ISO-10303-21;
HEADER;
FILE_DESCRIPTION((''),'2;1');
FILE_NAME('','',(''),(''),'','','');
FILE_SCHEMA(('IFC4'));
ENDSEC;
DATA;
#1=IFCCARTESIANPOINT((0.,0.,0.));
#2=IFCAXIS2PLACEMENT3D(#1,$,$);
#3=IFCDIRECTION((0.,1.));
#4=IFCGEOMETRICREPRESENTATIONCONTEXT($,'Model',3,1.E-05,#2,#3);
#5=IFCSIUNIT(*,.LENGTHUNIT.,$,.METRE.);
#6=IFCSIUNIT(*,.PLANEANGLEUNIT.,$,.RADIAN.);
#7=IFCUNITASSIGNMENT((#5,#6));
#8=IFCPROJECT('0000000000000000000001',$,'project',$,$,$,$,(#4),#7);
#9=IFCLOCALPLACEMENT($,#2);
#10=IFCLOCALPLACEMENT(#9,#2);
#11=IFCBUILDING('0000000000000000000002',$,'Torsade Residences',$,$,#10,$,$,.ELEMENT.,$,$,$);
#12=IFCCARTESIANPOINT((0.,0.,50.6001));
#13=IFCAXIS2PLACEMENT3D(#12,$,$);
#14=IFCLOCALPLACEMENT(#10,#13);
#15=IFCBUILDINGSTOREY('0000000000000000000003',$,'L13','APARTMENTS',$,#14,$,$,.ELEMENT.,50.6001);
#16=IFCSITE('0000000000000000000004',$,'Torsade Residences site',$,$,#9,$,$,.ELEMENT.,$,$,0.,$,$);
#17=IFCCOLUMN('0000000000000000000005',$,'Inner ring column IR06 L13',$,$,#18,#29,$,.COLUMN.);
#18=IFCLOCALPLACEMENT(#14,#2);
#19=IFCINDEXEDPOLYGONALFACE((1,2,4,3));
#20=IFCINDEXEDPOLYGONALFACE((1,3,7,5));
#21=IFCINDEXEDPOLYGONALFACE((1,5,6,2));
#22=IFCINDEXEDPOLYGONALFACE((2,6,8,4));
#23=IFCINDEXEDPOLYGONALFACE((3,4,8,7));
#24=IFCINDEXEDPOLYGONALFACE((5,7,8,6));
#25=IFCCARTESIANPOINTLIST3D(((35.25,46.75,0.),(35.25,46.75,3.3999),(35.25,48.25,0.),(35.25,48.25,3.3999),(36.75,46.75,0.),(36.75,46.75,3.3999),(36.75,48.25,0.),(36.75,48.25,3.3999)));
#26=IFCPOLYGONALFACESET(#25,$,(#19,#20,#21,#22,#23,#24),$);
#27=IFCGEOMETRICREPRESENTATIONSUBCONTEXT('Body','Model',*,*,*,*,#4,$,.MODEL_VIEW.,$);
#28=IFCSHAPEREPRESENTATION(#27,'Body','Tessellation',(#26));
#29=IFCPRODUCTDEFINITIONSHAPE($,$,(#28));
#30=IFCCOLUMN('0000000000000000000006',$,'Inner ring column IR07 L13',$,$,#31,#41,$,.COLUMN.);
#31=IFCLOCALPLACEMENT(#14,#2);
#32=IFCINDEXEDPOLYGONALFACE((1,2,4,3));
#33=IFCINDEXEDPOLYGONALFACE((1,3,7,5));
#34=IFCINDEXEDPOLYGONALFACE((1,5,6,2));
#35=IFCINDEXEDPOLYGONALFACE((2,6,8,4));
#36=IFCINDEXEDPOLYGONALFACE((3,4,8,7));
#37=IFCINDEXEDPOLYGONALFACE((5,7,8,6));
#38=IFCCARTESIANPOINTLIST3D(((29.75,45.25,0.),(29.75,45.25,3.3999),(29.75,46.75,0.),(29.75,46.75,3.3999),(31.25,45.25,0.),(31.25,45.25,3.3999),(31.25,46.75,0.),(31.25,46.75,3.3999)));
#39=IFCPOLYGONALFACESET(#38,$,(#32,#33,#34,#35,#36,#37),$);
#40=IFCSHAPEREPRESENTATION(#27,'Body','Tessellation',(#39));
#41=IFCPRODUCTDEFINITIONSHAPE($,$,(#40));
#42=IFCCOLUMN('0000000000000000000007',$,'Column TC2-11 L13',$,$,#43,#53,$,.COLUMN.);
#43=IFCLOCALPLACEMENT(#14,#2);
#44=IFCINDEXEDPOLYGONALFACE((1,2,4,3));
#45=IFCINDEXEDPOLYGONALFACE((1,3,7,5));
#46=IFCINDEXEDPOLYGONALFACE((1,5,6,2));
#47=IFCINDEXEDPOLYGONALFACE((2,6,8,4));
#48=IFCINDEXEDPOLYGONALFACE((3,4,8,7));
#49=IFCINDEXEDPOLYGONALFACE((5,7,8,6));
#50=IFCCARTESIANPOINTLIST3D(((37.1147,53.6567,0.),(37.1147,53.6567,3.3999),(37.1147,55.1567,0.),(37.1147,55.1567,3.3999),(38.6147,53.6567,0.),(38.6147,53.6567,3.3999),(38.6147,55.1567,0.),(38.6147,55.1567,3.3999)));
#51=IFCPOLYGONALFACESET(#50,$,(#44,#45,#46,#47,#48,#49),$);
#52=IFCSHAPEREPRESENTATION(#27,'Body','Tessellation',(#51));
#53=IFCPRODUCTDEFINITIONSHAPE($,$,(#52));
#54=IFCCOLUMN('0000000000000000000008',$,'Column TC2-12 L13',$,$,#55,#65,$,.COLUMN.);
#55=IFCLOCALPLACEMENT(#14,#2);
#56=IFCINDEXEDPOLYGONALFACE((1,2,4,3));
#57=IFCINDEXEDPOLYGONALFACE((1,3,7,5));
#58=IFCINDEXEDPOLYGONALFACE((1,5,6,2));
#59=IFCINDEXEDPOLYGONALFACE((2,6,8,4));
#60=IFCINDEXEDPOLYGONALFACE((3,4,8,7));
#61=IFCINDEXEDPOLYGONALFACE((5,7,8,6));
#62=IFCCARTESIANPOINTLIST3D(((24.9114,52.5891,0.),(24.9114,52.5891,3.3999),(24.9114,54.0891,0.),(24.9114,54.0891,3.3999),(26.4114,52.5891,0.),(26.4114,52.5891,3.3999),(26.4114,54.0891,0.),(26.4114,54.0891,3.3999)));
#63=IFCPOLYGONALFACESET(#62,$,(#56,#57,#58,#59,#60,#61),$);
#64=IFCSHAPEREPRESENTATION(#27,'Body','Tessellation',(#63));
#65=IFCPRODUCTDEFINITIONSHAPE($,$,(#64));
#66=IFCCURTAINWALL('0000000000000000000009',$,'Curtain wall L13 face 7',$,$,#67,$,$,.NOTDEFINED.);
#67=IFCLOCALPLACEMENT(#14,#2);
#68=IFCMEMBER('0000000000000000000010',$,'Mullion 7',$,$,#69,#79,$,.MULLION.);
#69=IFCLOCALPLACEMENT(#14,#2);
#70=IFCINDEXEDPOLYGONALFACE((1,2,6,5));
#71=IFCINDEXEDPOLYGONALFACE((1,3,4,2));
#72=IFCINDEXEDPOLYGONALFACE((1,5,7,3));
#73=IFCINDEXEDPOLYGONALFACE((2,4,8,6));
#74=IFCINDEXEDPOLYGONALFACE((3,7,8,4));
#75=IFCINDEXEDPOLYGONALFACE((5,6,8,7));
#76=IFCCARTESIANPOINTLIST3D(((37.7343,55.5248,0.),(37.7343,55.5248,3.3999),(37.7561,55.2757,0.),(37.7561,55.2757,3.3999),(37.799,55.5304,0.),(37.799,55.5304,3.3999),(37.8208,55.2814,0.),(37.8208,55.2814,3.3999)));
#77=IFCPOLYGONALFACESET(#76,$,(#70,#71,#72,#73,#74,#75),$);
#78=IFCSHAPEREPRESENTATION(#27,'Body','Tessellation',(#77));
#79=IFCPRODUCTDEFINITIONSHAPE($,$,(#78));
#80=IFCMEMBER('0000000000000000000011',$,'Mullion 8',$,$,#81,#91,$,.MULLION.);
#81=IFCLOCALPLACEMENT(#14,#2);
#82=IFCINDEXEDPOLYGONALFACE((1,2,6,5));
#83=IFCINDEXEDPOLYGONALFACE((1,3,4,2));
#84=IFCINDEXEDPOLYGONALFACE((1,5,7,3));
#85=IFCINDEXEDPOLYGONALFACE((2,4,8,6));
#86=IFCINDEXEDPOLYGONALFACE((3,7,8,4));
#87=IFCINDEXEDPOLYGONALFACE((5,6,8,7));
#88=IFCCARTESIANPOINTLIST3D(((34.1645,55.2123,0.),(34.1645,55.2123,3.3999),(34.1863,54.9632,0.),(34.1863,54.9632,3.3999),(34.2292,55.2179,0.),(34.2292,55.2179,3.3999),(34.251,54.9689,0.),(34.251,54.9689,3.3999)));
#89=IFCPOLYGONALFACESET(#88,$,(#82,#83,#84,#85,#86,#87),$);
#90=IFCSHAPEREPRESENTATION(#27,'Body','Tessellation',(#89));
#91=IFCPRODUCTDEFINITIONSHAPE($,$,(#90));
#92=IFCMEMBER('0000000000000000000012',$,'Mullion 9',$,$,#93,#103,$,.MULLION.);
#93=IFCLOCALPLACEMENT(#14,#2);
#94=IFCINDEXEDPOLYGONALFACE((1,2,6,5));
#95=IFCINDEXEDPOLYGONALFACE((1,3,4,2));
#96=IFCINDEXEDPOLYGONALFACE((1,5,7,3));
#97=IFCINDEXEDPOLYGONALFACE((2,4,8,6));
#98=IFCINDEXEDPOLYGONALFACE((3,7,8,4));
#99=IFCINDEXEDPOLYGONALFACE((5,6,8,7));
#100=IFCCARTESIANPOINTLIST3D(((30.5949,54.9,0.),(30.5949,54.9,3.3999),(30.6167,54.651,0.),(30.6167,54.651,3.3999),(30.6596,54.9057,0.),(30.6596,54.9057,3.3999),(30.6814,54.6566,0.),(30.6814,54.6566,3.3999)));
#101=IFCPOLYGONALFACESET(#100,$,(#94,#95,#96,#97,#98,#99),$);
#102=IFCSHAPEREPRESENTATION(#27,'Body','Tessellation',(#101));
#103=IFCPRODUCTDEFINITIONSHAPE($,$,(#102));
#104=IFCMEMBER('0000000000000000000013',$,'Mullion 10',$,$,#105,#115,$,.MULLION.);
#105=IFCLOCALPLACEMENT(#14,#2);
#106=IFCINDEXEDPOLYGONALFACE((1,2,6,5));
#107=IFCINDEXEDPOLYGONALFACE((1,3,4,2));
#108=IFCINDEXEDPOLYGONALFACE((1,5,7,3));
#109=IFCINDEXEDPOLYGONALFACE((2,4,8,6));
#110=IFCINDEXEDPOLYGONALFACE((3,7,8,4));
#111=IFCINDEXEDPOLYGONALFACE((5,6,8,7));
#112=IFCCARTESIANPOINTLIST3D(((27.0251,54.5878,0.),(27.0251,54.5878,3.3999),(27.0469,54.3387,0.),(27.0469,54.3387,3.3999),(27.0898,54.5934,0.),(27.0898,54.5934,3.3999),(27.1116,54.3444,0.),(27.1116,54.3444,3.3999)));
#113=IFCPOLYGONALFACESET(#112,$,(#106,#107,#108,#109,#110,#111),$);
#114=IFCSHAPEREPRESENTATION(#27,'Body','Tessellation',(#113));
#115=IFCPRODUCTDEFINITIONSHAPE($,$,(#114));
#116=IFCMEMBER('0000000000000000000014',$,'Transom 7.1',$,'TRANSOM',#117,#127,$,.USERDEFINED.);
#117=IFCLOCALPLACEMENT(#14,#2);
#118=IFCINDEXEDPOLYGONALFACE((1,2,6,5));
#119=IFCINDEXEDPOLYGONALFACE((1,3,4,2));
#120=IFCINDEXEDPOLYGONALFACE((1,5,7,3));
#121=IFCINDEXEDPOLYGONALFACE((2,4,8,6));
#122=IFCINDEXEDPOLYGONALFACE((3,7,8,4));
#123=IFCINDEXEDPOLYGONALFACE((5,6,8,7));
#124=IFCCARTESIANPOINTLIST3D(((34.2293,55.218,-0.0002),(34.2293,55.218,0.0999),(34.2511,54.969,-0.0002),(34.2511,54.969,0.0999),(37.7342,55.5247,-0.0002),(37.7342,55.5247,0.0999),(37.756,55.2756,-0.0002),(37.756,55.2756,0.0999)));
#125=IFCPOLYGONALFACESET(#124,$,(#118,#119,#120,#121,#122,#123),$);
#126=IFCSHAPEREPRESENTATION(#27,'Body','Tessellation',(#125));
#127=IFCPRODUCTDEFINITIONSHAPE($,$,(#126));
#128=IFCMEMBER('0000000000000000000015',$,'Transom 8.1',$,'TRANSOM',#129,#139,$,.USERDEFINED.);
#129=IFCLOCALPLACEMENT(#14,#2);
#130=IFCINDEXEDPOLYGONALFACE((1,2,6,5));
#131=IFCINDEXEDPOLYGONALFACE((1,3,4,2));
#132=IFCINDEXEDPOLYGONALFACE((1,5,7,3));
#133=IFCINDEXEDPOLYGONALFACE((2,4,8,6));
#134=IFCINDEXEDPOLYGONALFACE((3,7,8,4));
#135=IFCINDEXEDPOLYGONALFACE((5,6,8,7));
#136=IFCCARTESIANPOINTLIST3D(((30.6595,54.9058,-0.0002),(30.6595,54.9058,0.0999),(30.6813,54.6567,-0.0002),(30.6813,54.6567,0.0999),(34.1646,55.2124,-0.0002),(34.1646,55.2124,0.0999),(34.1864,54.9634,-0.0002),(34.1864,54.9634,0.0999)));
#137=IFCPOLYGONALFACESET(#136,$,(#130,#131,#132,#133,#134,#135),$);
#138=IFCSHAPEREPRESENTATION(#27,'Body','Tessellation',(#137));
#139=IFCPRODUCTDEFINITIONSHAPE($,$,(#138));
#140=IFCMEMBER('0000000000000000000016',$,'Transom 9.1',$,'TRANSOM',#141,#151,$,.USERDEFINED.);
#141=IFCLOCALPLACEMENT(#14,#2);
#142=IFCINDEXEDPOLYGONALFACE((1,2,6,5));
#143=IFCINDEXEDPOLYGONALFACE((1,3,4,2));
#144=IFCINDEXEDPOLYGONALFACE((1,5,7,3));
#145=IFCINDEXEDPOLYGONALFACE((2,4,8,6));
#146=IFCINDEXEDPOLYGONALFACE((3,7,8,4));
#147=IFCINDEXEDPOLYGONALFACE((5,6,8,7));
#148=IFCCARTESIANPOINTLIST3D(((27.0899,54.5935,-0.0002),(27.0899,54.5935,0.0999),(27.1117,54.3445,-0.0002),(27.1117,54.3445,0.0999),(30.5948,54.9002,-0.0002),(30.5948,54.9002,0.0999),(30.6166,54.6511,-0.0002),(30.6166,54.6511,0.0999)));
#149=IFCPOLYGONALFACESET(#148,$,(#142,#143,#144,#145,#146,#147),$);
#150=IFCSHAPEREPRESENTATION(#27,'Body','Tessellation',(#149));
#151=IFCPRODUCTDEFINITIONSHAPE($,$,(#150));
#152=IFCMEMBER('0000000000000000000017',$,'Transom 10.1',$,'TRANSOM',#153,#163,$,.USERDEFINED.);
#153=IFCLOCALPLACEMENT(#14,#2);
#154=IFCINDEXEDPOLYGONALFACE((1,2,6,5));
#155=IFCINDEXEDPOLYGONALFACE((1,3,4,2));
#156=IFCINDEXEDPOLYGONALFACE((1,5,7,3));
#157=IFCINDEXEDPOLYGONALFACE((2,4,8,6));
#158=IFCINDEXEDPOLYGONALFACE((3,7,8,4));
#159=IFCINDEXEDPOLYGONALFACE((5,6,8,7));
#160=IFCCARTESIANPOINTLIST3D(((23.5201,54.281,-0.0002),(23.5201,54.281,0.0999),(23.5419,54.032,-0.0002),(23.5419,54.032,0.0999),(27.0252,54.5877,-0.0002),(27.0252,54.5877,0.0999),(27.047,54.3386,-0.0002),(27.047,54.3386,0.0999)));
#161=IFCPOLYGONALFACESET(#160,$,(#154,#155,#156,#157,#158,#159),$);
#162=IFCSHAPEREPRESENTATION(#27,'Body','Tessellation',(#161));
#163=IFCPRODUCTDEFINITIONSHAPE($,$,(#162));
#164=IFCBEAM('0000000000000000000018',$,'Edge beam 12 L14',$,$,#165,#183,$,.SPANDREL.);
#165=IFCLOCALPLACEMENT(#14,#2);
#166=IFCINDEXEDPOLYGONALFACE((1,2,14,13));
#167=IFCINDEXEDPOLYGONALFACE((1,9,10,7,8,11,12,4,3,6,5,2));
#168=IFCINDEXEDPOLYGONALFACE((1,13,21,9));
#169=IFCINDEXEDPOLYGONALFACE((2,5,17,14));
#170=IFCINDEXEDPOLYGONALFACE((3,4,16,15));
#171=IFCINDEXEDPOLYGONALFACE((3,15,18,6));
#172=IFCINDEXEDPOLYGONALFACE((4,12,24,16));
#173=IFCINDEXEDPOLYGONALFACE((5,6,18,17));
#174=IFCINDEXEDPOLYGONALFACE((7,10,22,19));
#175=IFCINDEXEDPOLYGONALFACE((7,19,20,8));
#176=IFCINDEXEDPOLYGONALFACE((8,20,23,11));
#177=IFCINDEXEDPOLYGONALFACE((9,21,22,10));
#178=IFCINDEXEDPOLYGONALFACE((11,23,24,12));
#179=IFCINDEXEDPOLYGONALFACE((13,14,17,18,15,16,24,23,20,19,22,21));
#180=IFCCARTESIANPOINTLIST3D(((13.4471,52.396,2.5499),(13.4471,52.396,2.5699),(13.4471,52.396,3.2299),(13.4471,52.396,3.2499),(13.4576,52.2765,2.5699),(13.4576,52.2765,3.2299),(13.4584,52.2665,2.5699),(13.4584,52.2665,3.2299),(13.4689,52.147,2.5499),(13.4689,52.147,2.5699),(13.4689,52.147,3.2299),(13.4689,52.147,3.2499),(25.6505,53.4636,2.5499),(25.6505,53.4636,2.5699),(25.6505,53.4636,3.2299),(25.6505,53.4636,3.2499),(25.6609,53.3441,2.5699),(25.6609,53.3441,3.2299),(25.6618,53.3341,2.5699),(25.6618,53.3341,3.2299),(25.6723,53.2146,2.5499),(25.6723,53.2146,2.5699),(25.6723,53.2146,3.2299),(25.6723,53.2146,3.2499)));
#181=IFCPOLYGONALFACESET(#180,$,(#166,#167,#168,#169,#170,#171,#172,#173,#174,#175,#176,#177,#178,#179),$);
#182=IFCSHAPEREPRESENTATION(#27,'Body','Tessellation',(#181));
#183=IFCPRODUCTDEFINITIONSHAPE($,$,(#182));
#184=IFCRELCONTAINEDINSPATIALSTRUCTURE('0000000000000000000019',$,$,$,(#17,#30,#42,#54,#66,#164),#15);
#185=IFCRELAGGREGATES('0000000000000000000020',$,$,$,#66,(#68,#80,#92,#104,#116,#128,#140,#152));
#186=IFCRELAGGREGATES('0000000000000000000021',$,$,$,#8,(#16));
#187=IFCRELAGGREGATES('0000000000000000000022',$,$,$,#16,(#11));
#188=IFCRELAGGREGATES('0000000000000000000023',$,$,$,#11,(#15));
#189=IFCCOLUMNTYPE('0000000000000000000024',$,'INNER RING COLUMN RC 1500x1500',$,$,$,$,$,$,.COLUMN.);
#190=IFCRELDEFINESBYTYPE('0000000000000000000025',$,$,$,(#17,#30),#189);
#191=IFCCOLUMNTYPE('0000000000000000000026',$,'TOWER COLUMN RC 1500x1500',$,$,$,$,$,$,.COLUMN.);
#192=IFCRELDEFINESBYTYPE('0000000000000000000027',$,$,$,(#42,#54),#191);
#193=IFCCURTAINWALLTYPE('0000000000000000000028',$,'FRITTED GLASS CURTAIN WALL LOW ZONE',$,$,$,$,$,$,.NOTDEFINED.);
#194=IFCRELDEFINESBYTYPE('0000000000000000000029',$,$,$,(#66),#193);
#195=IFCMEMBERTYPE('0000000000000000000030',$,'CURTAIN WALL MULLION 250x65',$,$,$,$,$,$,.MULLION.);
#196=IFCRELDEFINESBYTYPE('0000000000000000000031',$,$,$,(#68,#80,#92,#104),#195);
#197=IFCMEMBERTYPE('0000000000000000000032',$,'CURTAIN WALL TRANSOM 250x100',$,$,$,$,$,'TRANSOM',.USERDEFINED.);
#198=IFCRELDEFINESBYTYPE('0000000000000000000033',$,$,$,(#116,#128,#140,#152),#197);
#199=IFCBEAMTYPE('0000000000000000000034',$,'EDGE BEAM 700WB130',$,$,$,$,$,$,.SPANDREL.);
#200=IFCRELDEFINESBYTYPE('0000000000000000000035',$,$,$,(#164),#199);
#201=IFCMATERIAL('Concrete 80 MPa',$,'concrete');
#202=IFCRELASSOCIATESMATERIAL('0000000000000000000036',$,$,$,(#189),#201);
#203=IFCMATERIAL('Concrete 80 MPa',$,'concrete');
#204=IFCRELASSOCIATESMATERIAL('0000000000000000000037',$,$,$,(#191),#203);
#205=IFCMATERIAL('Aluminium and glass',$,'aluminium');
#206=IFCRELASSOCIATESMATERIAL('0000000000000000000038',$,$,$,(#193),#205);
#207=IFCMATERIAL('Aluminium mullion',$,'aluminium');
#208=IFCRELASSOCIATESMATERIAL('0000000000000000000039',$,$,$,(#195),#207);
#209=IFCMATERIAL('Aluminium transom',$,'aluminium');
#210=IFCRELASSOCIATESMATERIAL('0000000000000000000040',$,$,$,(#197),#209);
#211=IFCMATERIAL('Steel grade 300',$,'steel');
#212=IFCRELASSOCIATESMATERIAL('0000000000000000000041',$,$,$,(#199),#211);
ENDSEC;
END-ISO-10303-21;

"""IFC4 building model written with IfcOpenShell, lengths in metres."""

from ifc_helpers import new_model, si_unit, direction, frame, origin, origin_2d, place, context, subcontext, project, spatial, rectangle, i_section, extrude, material, material_profile, profile_set, type_object, element, aggregate, save


model = new_model("IFC4")

# Units and contexts
model_context = context("Model", 3, precision=1e-05, world=origin(), true_north=direction((0.0, 1.0)))
body_context = subcontext(model_context, "Body", "Model", "MODEL_VIEW")
ifc_project = project(units=[si_unit("LENGTHUNIT", "METRE"), si_unit("PLANEANGLEUNIT", "RADIAN")], contexts=[model_context])

# Site, building, storey
site_placement = place(None, origin())
site = spatial("IfcSite", under=ifc_project, at=site_placement, Name="Torsade Residences site", CompositionType="ELEMENT", RefElevation=0.0)
building_placement = place(site_placement, origin())
building = spatial("IfcBuilding", under=site, at=building_placement, Name="Torsade Residences", CompositionType="ELEMENT")
storey_placement = place(building_placement, frame((0.0, 0.0, 50.6001)))
storey = spatial("IfcBuildingStorey", under=building, at=storey_placement, Name="L13", Description="APARTMENTS", CompositionType="ELEMENT", Elevation=50.6001)

# Columns
ifc_material_1 = material(Name="Concrete 80 MPa", Category="concrete")
ifc_material_profile_1 = material_profile(ifc_material_1, rectangle(XDim=1.5, YDim=1.5, at=origin_2d()), Name="RC 1500x1500")
ifc_profile_set_1 = profile_set([ifc_material_profile_1], Name="Concrete 80 MPa")
column_type_1 = type_object("IfcColumnType", Name="INNER RING COLUMN RC 1500x1500", PredefinedType="COLUMN", material=ifc_profile_set_1)
for number, where, z_axis, x_axis, name in (
    (1, (36.0, 47.5, 0.0), (0.0, 0.0, 1.0), (1.0, 0.0, 0.0), "Inner ring column IR06 L13"),
    (2, (30.5, 46.0, 0.0), (0.0, 0.0, 1.0), (1.0, 0.0, 0.0), "Inner ring column IR07 L13"),
):
    element("IfcColumn", number, at=place(storey_placement, frame(where, z_axis=z_axis, x_axis=x_axis)), inside=storey, type_object=column_type_1, Name=name, PredefinedType="COLUMN", context=body_context, shape_type="SweptSolid", body=[
        extrude(rectangle(XDim=1.5, YDim=1.5, at=origin_2d()), origin(), (0.0, 0.0, 1.0), 3.3999),
    ])
ifc_material_2 = material(Name="Concrete 80 MPa", Category="concrete")
ifc_material_profile_2 = material_profile(ifc_material_2, rectangle(XDim=1.5, YDim=1.5, at=origin_2d()), Name="RC 1500x1500")
ifc_profile_set_2 = profile_set([ifc_material_profile_2], Name="Concrete 80 MPa")
column_type_2 = type_object("IfcColumnType", Name="TOWER COLUMN RC 1500x1500", PredefinedType="COLUMN", material=ifc_profile_set_2)
for number, where, z_axis, x_axis, name in (
    (3, (37.8647, 54.4067, 0.0), (0.0, 0.0, 1.0), (1.0, 0.0, 0.0), "Column TC2-11 L13"),
    (4, (25.6614, 53.3391, 0.0), (0.0, 0.0, 1.0), (1.0, 0.0, 0.0), "Column TC2-12 L13"),
):
    element("IfcColumn", number, at=place(storey_placement, frame(where, z_axis=z_axis, x_axis=x_axis)), inside=storey, type_object=column_type_2, Name=name, PredefinedType="COLUMN", context=body_context, shape_type="SweptSolid", body=[
        extrude(rectangle(XDim=1.5, YDim=1.5, at=origin_2d()), origin(), (0.0, 0.0, 1.0), 3.3999),
    ])

# Curtain wall, members
ifc_material_3 = material(Name="Aluminium and glass", Category="aluminium")
curtain_wall_type = type_object("IfcCurtainWallType", Name="FRITTED GLASS CURTAIN WALL LOW ZONE", PredefinedType="NOTDEFINED", material=ifc_material_3)
curtain_wall_placement = place(storey_placement, origin())
curtain_wall = element("IfcCurtainWall", 5, at=curtain_wall_placement, inside=storey, type_object=curtain_wall_type, Name="Curtain wall L13 face 7", PredefinedType="NOTDEFINED")
ifc_material_4 = material(Name="Aluminium mullion", Category="aluminium")
ifc_material_profile_3 = material_profile(ifc_material_4, rectangle(XDim=0.25, YDim=0.0649, at=origin_2d()), Name="CURTAIN WALL MULLION 250x65")
ifc_profile_set_3 = profile_set([ifc_material_profile_3], Name="Aluminium mullion")
member_type_1 = type_object("IfcMemberType", Name="CURTAIN WALL MULLION 250x65", PredefinedType="MULLION", material=ifc_profile_set_3)
member_1_placement = place(storey_placement, frame((37.7776, 55.4031, 0.0), z_axis=(0.0, 0.0, 1.0), x_axis=(0.087156, -0.996195, 0.0)))
member_1 = element("IfcMember", 6, at=member_1_placement, type_object=member_type_1, Name="Mullion 7", PredefinedType="MULLION", context=body_context, shape_type="SweptSolid", body=[
    extrude(rectangle(XDim=0.25, YDim=0.0649, at=origin_2d()), origin(), (0.0, 0.0, 1.0), 3.3999),
])
member_2_placement = place(storey_placement, frame((34.2078, 55.0906, 0.0), z_axis=(0.0, 0.0, 1.0), x_axis=(0.087156, -0.996195, 0.0)))
member_2 = element("IfcMember", 7, at=member_2_placement, type_object=member_type_1, Name="Mullion 8", PredefinedType="MULLION", context=body_context, shape_type="SweptSolid", body=[
    extrude(rectangle(XDim=0.25, YDim=0.0649, at=origin_2d()), origin(), (0.0, 0.0, 1.0), 3.3999),
])
member_3_placement = place(storey_placement, frame((30.6382, 54.7783, 0.0), z_axis=(0.0, 0.0, 1.0), x_axis=(0.087156, -0.996195, 0.0)))
member_3 = element("IfcMember", 8, at=member_3_placement, type_object=member_type_1, Name="Mullion 9", PredefinedType="MULLION", context=body_context, shape_type="SweptSolid", body=[
    extrude(rectangle(XDim=0.25, YDim=0.0649, at=origin_2d()), origin(), (0.0, 0.0, 1.0), 3.3999),
])
member_4_placement = place(storey_placement, frame((27.0684, 54.4661, 0.0), z_axis=(0.0, 0.0, 1.0), x_axis=(0.087156, -0.996195, 0.0)))
member_4 = element("IfcMember", 9, at=member_4_placement, type_object=member_type_1, Name="Mullion 10", PredefinedType="MULLION", context=body_context, shape_type="SweptSolid", body=[
    extrude(rectangle(XDim=0.25, YDim=0.0649, at=origin_2d()), origin(), (0.0, 0.0, 1.0), 3.3999),
])
ifc_material_5 = material(Name="Aluminium transom", Category="aluminium")
ifc_material_profile_4 = material_profile(ifc_material_5, rectangle(XDim=0.25, YDim=0.1001, at=origin_2d()), Name="CURTAIN WALL TRANSOM 250x100")
ifc_profile_set_4 = profile_set([ifc_material_profile_4], Name="Aluminium transom")
member_type_2 = type_object("IfcMemberType", Name="CURTAIN WALL TRANSOM 250x100", ElementType="TRANSOM", PredefinedType="USERDEFINED", material=ifc_profile_set_4)
member_5_placement = place(storey_placement, frame((37.7451, 55.4001, 0.0498), z_axis=(-0.996195, -0.087157, 0.0), x_axis=(0.087157, -0.996195, 0.0)))
member_5 = element("IfcMember", 10, at=member_5_placement, type_object=member_type_2, Name="Transom 7.1", ObjectType="TRANSOM", PredefinedType="USERDEFINED", context=body_context, shape_type="SweptSolid", body=[
    extrude(rectangle(XDim=0.25, YDim=0.1001, at=origin_2d()), origin(), (0.0, 0.0, 1.0), 3.5183),
])
member_6_placement = place(storey_placement, frame((34.1755, 55.0879, 0.0498), z_axis=(-0.996195, -0.087151, 0.0), x_axis=(0.087151, -0.996195, 0.0)))
member_6 = element("IfcMember", 11, at=member_6_placement, type_object=member_type_2, Name="Transom 8.1", ObjectType="TRANSOM", PredefinedType="USERDEFINED", context=body_context, shape_type="SweptSolid", body=[
    extrude(rectangle(XDim=0.25, YDim=0.1001, at=origin_2d()), origin(), (0.0, 0.0, 1.0), 3.5186),
])
member_7_placement = place(storey_placement, frame((30.6057, 54.7756, 0.0498), z_axis=(-0.996195, -0.087157, 0.0), x_axis=(0.087157, -0.996195, 0.0)))
member_7 = element("IfcMember", 12, at=member_7_placement, type_object=member_type_2, Name="Transom 9.1", ObjectType="TRANSOM", PredefinedType="USERDEFINED", context=body_context, shape_type="SweptSolid", body=[
    extrude(rectangle(XDim=0.25, YDim=0.1001, at=origin_2d()), origin(), (0.0, 0.0, 1.0), 3.5183),
])
member_8_placement = place(storey_placement, frame((27.0361, 54.4631, 0.0498), z_axis=(-0.996195, -0.087151, 0.0), x_axis=(0.087151, -0.996195, 0.0)))
member_8 = element("IfcMember", 13, at=member_8_placement, type_object=member_type_2, Name="Transom 10.1", ObjectType="TRANSOM", PredefinedType="USERDEFINED", context=body_context, shape_type="SweptSolid", body=[
    extrude(rectangle(XDim=0.25, YDim=0.1001, at=origin_2d()), origin(), (0.0, 0.0, 1.0), 3.5186),
])

# Beam
ifc_material_6 = material(Name="Steel grade 300", Category="steel")
ifc_material_profile_5 = material_profile(ifc_material_6, i_section(OverallWidth=0.25, OverallDepth=0.7, WebThickness=0.01, FlangeThickness=0.02, at=origin_2d()), Name="700WB130")
ifc_profile_set_5 = profile_set([ifc_material_profile_5], Name="Steel grade 300")
beam_type_1 = type_object("IfcBeamType", Name="EDGE BEAM 700WB130", PredefinedType="SPANDREL", material=ifc_profile_set_5)
beam_1_placement = place(storey_placement, frame((25.6614, 53.3391, 2.8999), z_axis=(-0.996195, -0.087153, 0.0), x_axis=(0.087153, -0.996195, 0.0)))
element("IfcBeam", 14, at=beam_1_placement, inside=storey, type_object=beam_type_1, Name="Edge beam 12 L14", PredefinedType="SPANDREL", context=body_context, shape_type="SweptSolid", body=[
    extrude(i_section(OverallWidth=0.25, OverallDepth=0.7, WebThickness=0.01, FlangeThickness=0.02, at=origin_2d()), origin(), (0.0, 0.0, 1.0), 12.25),
])

aggregate(curtain_wall, [member_1, member_2, member_3, member_4, member_5, member_6, member_7, member_8])

save(model, "model.ifc")
